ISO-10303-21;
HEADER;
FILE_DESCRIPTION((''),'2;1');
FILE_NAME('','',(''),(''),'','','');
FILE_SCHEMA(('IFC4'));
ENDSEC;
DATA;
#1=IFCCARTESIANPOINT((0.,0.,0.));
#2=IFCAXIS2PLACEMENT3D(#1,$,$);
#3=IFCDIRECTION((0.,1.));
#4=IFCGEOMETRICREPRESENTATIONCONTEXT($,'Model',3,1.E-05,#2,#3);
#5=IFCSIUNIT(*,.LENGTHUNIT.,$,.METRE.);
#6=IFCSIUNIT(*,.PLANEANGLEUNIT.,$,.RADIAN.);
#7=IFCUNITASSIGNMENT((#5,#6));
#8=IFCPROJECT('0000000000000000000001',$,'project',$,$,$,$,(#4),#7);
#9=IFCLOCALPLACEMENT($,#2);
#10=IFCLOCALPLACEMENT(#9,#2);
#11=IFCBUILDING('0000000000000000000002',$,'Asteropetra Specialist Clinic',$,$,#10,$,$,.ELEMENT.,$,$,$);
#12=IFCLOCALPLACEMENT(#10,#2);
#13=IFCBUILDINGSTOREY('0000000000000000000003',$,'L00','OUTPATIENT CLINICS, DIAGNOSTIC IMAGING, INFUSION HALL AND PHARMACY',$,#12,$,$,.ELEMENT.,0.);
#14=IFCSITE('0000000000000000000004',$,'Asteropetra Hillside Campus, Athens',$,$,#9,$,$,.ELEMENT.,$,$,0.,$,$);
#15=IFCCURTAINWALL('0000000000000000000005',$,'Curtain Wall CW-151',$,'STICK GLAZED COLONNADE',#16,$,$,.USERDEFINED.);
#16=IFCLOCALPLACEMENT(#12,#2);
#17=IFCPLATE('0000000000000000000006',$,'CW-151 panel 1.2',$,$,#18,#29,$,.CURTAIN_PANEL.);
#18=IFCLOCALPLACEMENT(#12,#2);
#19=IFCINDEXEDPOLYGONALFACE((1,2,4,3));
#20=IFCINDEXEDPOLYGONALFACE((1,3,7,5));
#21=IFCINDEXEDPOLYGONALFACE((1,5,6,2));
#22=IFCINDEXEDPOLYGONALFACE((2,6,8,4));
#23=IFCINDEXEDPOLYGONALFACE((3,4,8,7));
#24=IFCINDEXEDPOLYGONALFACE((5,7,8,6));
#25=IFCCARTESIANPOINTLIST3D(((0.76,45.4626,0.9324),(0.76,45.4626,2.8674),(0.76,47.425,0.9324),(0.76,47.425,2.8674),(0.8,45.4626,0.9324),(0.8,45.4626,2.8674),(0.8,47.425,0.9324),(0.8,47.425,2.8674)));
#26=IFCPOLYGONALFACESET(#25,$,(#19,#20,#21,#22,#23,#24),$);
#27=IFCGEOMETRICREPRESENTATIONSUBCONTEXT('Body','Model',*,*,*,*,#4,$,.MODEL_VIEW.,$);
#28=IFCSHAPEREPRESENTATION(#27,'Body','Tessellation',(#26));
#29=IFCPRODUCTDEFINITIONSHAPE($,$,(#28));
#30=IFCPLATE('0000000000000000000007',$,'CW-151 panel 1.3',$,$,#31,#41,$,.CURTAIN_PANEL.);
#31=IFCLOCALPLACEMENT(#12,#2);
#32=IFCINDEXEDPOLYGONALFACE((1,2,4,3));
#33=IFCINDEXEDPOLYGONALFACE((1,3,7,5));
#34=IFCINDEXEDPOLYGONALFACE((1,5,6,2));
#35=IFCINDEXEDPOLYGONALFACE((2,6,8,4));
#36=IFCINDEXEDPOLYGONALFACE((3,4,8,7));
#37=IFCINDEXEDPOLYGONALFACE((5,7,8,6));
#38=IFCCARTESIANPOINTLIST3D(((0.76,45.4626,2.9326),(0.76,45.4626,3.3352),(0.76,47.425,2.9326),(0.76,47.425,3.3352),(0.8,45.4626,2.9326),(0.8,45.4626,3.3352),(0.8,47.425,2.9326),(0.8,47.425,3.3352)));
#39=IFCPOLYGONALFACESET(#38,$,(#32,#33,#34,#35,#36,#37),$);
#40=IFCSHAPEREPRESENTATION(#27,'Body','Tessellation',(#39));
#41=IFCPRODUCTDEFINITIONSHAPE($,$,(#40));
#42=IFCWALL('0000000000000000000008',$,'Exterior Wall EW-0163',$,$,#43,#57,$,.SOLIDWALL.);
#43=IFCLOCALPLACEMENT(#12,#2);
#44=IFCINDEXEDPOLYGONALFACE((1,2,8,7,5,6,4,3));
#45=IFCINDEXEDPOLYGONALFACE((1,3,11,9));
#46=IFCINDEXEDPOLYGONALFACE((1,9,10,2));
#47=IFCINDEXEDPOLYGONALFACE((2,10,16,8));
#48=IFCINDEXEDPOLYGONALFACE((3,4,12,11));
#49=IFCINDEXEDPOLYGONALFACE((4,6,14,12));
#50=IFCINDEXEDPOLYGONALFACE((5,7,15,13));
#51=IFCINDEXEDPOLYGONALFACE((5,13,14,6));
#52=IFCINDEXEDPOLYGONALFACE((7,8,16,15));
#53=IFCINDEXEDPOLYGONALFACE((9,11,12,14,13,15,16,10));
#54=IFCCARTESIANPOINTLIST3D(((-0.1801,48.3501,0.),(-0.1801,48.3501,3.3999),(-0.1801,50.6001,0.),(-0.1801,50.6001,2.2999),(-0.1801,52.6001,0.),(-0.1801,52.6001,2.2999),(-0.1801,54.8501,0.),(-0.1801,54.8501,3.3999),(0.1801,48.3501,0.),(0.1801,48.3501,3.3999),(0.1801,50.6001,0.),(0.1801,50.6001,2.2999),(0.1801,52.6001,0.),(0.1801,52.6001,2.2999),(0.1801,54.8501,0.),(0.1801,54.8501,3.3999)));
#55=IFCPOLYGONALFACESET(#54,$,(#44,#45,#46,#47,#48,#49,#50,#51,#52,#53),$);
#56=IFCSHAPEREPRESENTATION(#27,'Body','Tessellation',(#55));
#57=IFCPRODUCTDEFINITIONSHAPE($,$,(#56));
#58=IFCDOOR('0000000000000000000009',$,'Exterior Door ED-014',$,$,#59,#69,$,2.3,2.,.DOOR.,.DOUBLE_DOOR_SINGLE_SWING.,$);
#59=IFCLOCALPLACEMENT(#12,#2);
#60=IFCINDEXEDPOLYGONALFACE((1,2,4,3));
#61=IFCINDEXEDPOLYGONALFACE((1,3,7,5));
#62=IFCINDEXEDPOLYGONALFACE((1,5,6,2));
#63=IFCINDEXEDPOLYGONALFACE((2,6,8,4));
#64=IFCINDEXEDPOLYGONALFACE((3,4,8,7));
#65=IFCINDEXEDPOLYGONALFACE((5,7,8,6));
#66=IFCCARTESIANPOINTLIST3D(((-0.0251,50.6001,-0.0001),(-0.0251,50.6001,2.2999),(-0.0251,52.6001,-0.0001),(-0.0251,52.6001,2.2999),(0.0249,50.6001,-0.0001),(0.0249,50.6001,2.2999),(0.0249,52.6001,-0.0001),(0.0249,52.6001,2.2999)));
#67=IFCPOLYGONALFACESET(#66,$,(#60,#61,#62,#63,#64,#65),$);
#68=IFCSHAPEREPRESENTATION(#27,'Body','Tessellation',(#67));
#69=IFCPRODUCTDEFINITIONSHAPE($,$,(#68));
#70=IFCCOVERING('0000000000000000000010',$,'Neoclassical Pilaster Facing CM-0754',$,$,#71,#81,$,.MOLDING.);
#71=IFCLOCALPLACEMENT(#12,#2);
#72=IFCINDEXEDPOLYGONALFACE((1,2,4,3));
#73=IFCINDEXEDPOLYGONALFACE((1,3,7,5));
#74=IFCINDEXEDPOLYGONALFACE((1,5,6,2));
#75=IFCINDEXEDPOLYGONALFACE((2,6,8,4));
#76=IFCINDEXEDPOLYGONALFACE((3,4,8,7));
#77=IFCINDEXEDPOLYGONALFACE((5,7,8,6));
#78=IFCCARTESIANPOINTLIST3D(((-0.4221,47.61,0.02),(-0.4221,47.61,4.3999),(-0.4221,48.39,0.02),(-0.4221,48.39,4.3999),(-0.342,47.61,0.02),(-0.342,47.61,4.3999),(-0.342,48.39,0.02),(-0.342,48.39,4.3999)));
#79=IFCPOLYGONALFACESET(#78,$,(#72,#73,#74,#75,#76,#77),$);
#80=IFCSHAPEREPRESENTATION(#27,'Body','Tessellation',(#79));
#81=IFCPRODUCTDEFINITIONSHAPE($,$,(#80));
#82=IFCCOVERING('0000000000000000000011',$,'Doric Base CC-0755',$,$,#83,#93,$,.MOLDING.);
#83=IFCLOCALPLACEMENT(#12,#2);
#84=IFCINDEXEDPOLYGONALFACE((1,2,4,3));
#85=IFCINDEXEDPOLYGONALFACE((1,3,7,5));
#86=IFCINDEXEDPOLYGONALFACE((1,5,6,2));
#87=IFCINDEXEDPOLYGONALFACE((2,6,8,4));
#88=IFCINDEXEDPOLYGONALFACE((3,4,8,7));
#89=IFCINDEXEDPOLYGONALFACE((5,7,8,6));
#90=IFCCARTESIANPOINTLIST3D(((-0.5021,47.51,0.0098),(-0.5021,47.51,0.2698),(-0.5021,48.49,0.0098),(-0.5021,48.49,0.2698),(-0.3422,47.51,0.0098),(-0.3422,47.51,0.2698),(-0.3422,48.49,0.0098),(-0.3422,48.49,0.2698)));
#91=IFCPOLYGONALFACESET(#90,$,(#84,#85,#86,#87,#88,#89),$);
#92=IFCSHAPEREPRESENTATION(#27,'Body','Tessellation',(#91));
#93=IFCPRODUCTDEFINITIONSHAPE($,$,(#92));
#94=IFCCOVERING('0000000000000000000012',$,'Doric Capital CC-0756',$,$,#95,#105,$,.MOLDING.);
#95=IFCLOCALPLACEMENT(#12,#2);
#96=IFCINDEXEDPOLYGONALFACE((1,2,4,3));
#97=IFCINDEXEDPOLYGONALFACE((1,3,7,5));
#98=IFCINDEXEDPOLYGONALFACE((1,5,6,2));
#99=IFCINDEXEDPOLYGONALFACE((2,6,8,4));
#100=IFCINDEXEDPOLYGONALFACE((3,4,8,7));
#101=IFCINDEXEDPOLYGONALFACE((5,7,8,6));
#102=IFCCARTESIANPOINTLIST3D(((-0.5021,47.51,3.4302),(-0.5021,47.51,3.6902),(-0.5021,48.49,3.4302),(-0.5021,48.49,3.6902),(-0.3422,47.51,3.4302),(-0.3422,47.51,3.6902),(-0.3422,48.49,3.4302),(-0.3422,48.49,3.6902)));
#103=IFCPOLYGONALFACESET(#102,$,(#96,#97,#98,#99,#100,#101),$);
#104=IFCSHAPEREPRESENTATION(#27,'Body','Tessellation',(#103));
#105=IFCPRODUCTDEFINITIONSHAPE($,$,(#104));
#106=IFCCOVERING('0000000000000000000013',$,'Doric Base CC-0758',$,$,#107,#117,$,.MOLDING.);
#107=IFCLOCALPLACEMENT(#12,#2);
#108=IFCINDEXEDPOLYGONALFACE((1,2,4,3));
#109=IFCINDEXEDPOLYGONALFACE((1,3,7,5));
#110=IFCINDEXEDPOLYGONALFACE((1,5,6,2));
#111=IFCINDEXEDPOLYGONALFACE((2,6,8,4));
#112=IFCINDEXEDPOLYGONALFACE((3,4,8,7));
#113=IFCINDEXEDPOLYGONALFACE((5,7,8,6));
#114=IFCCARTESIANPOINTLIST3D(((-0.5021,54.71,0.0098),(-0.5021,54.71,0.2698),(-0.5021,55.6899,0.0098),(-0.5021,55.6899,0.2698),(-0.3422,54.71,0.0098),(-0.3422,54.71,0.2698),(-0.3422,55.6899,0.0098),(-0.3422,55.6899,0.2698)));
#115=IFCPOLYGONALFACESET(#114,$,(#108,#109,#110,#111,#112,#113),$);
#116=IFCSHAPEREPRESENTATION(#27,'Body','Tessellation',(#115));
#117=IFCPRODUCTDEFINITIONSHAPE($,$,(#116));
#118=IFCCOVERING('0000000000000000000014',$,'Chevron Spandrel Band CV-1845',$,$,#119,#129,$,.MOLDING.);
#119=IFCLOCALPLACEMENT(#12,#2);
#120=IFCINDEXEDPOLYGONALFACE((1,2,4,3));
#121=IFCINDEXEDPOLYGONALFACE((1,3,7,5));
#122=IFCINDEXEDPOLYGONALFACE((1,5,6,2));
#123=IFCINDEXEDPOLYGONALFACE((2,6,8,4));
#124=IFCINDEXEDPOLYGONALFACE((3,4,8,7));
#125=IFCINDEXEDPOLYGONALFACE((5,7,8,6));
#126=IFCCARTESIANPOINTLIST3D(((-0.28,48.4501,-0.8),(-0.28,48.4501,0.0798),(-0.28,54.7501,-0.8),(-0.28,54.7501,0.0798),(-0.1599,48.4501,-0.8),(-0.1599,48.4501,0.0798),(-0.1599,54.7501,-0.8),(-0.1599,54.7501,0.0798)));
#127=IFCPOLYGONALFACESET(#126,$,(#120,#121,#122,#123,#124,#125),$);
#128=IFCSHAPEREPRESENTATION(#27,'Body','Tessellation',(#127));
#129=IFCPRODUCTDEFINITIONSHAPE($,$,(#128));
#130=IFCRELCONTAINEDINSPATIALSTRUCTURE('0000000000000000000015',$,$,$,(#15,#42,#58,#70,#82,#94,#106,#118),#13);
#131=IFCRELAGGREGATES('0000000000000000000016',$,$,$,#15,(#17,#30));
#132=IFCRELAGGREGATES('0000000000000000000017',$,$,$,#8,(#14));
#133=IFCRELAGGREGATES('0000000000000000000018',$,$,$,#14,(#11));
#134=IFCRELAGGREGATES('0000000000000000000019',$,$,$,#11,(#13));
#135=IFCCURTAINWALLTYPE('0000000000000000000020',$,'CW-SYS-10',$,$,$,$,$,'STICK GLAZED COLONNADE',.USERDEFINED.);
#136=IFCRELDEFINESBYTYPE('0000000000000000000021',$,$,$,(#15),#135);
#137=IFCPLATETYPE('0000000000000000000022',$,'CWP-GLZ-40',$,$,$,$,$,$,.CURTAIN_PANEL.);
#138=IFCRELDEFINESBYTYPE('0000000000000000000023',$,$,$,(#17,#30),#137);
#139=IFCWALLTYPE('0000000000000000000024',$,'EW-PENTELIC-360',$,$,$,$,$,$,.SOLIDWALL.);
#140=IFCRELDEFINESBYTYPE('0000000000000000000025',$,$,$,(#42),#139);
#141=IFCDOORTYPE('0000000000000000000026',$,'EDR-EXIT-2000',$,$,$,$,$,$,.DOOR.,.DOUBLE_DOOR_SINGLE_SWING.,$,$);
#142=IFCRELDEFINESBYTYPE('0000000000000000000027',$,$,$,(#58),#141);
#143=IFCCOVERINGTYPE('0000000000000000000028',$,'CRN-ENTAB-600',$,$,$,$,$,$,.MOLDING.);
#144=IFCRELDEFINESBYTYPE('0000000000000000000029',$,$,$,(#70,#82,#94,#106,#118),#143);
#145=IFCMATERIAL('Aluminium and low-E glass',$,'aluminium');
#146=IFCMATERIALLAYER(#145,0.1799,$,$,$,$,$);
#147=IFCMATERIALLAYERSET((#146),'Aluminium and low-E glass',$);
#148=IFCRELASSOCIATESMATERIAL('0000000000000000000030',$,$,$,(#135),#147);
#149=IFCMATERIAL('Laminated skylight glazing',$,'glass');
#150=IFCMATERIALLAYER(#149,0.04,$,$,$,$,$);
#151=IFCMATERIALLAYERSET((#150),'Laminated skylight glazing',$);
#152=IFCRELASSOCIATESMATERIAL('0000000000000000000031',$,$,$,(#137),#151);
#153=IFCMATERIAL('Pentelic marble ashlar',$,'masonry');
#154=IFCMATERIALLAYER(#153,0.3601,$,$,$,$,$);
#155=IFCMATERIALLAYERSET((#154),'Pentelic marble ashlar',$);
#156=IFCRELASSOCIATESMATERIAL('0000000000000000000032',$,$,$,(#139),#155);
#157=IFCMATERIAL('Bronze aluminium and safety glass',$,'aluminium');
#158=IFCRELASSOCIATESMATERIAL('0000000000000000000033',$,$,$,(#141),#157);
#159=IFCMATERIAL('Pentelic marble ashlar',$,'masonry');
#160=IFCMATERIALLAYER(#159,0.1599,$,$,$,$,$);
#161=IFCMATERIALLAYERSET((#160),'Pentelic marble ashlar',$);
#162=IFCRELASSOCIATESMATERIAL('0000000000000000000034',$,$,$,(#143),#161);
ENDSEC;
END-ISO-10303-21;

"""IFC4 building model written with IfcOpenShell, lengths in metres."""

from ifc_helpers import new_model, si_unit, direction, frame, frame_2d, origin, origin_2d, place, context, subcontext, project, spatial, rectangle, extrude, material, layer, layer_set, type_object, element, fill, aggregate, save


model = new_model("IFC4")

# Units and contexts
model_context = context("Model", 3, precision=1e-05, world=origin(), true_north=direction((0.0, 1.0)))
body_context = subcontext(model_context, "Body", "Model", "MODEL_VIEW")
ifc_project = project(units=[si_unit("LENGTHUNIT", "METRE"), si_unit("PLANEANGLEUNIT", "RADIAN")], contexts=[model_context])

# Site, building, storey
site_placement = place(None, origin())
site = spatial("IfcSite", under=ifc_project, at=site_placement, Name="Asteropetra Hillside Campus, Athens", CompositionType="ELEMENT", RefElevation=0.0)
building_placement = place(site_placement, origin())
building = spatial("IfcBuilding", under=site, at=building_placement, Name="Asteropetra Specialist Clinic", CompositionType="ELEMENT")
storey_placement = place(building_placement, origin())
storey = spatial("IfcBuildingStorey", under=building, at=storey_placement, Name="L00", Description="OUTPATIENT CLINICS, DIAGNOSTIC IMAGING, INFUSION HALL AND PHARMACY", CompositionType="ELEMENT", Elevation=0.0)

# Curtain wall
ifc_material_1 = material(Name="Aluminium and low-E glass", Category="aluminium")
ifc_layer_1 = layer(ifc_material_1, 0.1799)
ifc_layer_set_1 = layer_set([ifc_layer_1], Name="Aluminium and low-E glass")
curtain_wall_type = type_object("IfcCurtainWallType", Name="CW-SYS-10", ElementType="STICK GLAZED COLONNADE", PredefinedType="USERDEFINED", material=ifc_layer_set_1)
curtain_wall_placement = place(storey_placement, origin())
curtain_wall = element("IfcCurtainWall", 1, at=curtain_wall_placement, inside=storey, type_object=curtain_wall_type, Name="Curtain Wall CW-151", ObjectType="STICK GLAZED COLONNADE", PredefinedType="USERDEFINED")

# Plates
ifc_material_2 = material(Name="Laminated skylight glazing", Category="glass")
ifc_layer_2 = layer(ifc_material_2, 0.04)
ifc_layer_set_2 = layer_set([ifc_layer_2], Name="Laminated skylight glazing")
plate_type = type_object("IfcPlateType", Name="CWP-GLZ-40", PredefinedType="CURTAIN_PANEL", material=ifc_layer_set_2)
plate_1_placement = place(storey_placement, frame((0.78, 46.4438, 0.9324), z_axis=(0.0, 0.0, 1.0), x_axis=(0.0, -1.0, 0.0)))
plate_1 = element("IfcPlate", 2, at=plate_1_placement, type_object=plate_type, Name="CW-151 panel 1.2", PredefinedType="CURTAIN_PANEL", context=body_context, shape_type="SweptSolid", body=[
    extrude(rectangle(XDim=1.9624, YDim=0.04, at=origin_2d()), origin(), (0.0, 0.0, 1.0), 1.9351),
])
plate_2_placement = place(storey_placement, frame((0.78, 46.4438, 2.9326), z_axis=(0.0, 0.0, 1.0), x_axis=(0.0, -1.0, 0.0)))
plate_2 = element("IfcPlate", 3, at=plate_2_placement, type_object=plate_type, Name="CW-151 panel 1.3", PredefinedType="CURTAIN_PANEL", context=body_context, shape_type="SweptSolid", body=[
    extrude(rectangle(XDim=1.9624, YDim=0.04, at=origin_2d()), origin(), (0.0, 0.0, 1.0), 0.4026),
])
aggregate(curtain_wall, [plate_1, plate_2])

# Wall, opening, door
ifc_material_3 = material(Name="Pentelic marble ashlar", Category="masonry")
ifc_layer_3 = layer(ifc_material_3, 0.3601)
ifc_layer_set_3 = layer_set([ifc_layer_3], Name="Pentelic marble ashlar")
wall_type = type_object("IfcWallType", Name="EW-PENTELIC-360", PredefinedType="SOLIDWALL", material=ifc_layer_set_3)
wall_placement = place(storey_placement, frame((0.0, 54.8501, 0.0), z_axis=(0.0, 0.0, 1.0), x_axis=(0.0, -1.0, 0.0)))
wall = element("IfcWall", 4, at=wall_placement, inside=storey, type_object=wall_type, Name="Exterior Wall EW-0163", PredefinedType="SOLIDWALL", context=body_context, shape_type="SweptSolid", body=[
    extrude(rectangle(XDim=6.5, YDim=0.3601, at=frame_2d((3.25, 0.0))), origin(), (0.0, 0.0, 1.0), 3.3999),
])
opening_placement = place(wall_placement, frame((2.25, 0.0, 0.0)))
opening = element("IfcOpeningElement", 5, at=opening_placement, cuts=wall, PredefinedType="OPENING", context=body_context, shape_type="SweptSolid", body=[
    extrude(rectangle(XDim=2.0, YDim=2.3, at=frame_2d((1.0, 1.1499))), frame((0.0, 0.1899, 0.0), z_axis=(0.0, -1.0, 0.0), x_axis=(1.0, 0.0, 0.0)), (0.0, 0.0, 1.0), 0.3801),
])
ifc_material_4 = material(Name="Bronze aluminium and safety glass", Category="aluminium")
door_type = type_object("IfcDoorType", Name="EDR-EXIT-2000", OperationType="DOUBLE_DOOR_SINGLE_SWING", PredefinedType="DOOR", material=ifc_material_4)
door_placement = place(opening_placement, origin())
door = element("IfcDoor", 6, at=door_placement, inside=storey, type_object=door_type, Name="Exterior Door ED-014", OperationType="DOUBLE_DOOR_SINGLE_SWING", OverallHeight=2.3, OverallWidth=2.0, PredefinedType="DOOR", context=body_context, shape_type="SweptSolid", body=[
    extrude(rectangle(XDim=2.0, YDim=2.3, at=frame_2d((1.0, 1.1499))), frame((0.0, 0.0249, 0.0), z_axis=(0.0, -1.0, 0.0), x_axis=(1.0, 0.0, 0.0)), (0.0, 0.0, 1.0), 0.05),
])
fill(opening, door)

# Coverings
ifc_material_5 = material(Name="Pentelic marble ashlar", Category="masonry")
ifc_layer_4 = layer(ifc_material_5, 0.1599)
ifc_layer_set_4 = layer_set([ifc_layer_4], Name="Pentelic marble ashlar")
covering_type = type_object("IfcCoveringType", Name="CRN-ENTAB-600", PredefinedType="MOLDING", material=ifc_layer_set_4)
covering_1_placement = place(storey_placement, frame((-0.3821, 48.0, 0.02), z_axis=(0.0, 0.0, 1.0), x_axis=(1.0, 0.0, 0.0)))
element("IfcCovering", 7, at=covering_1_placement, inside=storey, type_object=covering_type, Name="Neoclassical Pilaster Facing CM-0754", PredefinedType="MOLDING", context=body_context, shape_type="SweptSolid", body=[
    extrude(rectangle(XDim=0.0801, YDim=0.78, at=origin_2d()), origin(), (0.0, 0.0, 1.0), 4.3799),
])
for number, where, z_axis, x_axis, name in (
    (8, (-0.4221, 48.0, 0.0098), (0.0, 0.0, 1.0), (1.0, 0.0, 0.0), "Doric Base CC-0755"),
    (9, (-0.4221, 48.0, 3.4302), (0.0, 0.0, 1.0), (1.0, 0.0, 0.0), "Doric Capital CC-0756"),
    (10, (-0.4221, 55.2, 0.0098), (0.0, 0.0, 1.0), (1.0, 0.0, 0.0), "Doric Base CC-0758"),
):
    element("IfcCovering", number, at=place(storey_placement, frame(where, z_axis=z_axis, x_axis=x_axis)), inside=storey, type_object=covering_type, Name=name, PredefinedType="MOLDING", context=body_context, shape_type="SweptSolid", body=[
        extrude(rectangle(XDim=0.1599, YDim=0.98, at=origin_2d()), origin(), (0.0, 0.0, 1.0), 0.26),
    ])
covering_2_placement = place(storey_placement, frame((-0.22, 51.6001, -0.8), z_axis=(0.0, 0.0, 1.0), x_axis=(1.0, 0.0, 0.0)))
element("IfcCovering", 11, at=covering_2_placement, inside=storey, type_object=covering_type, Name="Chevron Spandrel Band CV-1845", PredefinedType="MOLDING", context=body_context, shape_type="SweptSolid", body=[
    extrude(rectangle(XDim=0.1201, YDim=6.3, at=origin_2d()), origin(), (0.0, 0.0, 1.0), 0.8799),
])

save(model, "model.ifc")
